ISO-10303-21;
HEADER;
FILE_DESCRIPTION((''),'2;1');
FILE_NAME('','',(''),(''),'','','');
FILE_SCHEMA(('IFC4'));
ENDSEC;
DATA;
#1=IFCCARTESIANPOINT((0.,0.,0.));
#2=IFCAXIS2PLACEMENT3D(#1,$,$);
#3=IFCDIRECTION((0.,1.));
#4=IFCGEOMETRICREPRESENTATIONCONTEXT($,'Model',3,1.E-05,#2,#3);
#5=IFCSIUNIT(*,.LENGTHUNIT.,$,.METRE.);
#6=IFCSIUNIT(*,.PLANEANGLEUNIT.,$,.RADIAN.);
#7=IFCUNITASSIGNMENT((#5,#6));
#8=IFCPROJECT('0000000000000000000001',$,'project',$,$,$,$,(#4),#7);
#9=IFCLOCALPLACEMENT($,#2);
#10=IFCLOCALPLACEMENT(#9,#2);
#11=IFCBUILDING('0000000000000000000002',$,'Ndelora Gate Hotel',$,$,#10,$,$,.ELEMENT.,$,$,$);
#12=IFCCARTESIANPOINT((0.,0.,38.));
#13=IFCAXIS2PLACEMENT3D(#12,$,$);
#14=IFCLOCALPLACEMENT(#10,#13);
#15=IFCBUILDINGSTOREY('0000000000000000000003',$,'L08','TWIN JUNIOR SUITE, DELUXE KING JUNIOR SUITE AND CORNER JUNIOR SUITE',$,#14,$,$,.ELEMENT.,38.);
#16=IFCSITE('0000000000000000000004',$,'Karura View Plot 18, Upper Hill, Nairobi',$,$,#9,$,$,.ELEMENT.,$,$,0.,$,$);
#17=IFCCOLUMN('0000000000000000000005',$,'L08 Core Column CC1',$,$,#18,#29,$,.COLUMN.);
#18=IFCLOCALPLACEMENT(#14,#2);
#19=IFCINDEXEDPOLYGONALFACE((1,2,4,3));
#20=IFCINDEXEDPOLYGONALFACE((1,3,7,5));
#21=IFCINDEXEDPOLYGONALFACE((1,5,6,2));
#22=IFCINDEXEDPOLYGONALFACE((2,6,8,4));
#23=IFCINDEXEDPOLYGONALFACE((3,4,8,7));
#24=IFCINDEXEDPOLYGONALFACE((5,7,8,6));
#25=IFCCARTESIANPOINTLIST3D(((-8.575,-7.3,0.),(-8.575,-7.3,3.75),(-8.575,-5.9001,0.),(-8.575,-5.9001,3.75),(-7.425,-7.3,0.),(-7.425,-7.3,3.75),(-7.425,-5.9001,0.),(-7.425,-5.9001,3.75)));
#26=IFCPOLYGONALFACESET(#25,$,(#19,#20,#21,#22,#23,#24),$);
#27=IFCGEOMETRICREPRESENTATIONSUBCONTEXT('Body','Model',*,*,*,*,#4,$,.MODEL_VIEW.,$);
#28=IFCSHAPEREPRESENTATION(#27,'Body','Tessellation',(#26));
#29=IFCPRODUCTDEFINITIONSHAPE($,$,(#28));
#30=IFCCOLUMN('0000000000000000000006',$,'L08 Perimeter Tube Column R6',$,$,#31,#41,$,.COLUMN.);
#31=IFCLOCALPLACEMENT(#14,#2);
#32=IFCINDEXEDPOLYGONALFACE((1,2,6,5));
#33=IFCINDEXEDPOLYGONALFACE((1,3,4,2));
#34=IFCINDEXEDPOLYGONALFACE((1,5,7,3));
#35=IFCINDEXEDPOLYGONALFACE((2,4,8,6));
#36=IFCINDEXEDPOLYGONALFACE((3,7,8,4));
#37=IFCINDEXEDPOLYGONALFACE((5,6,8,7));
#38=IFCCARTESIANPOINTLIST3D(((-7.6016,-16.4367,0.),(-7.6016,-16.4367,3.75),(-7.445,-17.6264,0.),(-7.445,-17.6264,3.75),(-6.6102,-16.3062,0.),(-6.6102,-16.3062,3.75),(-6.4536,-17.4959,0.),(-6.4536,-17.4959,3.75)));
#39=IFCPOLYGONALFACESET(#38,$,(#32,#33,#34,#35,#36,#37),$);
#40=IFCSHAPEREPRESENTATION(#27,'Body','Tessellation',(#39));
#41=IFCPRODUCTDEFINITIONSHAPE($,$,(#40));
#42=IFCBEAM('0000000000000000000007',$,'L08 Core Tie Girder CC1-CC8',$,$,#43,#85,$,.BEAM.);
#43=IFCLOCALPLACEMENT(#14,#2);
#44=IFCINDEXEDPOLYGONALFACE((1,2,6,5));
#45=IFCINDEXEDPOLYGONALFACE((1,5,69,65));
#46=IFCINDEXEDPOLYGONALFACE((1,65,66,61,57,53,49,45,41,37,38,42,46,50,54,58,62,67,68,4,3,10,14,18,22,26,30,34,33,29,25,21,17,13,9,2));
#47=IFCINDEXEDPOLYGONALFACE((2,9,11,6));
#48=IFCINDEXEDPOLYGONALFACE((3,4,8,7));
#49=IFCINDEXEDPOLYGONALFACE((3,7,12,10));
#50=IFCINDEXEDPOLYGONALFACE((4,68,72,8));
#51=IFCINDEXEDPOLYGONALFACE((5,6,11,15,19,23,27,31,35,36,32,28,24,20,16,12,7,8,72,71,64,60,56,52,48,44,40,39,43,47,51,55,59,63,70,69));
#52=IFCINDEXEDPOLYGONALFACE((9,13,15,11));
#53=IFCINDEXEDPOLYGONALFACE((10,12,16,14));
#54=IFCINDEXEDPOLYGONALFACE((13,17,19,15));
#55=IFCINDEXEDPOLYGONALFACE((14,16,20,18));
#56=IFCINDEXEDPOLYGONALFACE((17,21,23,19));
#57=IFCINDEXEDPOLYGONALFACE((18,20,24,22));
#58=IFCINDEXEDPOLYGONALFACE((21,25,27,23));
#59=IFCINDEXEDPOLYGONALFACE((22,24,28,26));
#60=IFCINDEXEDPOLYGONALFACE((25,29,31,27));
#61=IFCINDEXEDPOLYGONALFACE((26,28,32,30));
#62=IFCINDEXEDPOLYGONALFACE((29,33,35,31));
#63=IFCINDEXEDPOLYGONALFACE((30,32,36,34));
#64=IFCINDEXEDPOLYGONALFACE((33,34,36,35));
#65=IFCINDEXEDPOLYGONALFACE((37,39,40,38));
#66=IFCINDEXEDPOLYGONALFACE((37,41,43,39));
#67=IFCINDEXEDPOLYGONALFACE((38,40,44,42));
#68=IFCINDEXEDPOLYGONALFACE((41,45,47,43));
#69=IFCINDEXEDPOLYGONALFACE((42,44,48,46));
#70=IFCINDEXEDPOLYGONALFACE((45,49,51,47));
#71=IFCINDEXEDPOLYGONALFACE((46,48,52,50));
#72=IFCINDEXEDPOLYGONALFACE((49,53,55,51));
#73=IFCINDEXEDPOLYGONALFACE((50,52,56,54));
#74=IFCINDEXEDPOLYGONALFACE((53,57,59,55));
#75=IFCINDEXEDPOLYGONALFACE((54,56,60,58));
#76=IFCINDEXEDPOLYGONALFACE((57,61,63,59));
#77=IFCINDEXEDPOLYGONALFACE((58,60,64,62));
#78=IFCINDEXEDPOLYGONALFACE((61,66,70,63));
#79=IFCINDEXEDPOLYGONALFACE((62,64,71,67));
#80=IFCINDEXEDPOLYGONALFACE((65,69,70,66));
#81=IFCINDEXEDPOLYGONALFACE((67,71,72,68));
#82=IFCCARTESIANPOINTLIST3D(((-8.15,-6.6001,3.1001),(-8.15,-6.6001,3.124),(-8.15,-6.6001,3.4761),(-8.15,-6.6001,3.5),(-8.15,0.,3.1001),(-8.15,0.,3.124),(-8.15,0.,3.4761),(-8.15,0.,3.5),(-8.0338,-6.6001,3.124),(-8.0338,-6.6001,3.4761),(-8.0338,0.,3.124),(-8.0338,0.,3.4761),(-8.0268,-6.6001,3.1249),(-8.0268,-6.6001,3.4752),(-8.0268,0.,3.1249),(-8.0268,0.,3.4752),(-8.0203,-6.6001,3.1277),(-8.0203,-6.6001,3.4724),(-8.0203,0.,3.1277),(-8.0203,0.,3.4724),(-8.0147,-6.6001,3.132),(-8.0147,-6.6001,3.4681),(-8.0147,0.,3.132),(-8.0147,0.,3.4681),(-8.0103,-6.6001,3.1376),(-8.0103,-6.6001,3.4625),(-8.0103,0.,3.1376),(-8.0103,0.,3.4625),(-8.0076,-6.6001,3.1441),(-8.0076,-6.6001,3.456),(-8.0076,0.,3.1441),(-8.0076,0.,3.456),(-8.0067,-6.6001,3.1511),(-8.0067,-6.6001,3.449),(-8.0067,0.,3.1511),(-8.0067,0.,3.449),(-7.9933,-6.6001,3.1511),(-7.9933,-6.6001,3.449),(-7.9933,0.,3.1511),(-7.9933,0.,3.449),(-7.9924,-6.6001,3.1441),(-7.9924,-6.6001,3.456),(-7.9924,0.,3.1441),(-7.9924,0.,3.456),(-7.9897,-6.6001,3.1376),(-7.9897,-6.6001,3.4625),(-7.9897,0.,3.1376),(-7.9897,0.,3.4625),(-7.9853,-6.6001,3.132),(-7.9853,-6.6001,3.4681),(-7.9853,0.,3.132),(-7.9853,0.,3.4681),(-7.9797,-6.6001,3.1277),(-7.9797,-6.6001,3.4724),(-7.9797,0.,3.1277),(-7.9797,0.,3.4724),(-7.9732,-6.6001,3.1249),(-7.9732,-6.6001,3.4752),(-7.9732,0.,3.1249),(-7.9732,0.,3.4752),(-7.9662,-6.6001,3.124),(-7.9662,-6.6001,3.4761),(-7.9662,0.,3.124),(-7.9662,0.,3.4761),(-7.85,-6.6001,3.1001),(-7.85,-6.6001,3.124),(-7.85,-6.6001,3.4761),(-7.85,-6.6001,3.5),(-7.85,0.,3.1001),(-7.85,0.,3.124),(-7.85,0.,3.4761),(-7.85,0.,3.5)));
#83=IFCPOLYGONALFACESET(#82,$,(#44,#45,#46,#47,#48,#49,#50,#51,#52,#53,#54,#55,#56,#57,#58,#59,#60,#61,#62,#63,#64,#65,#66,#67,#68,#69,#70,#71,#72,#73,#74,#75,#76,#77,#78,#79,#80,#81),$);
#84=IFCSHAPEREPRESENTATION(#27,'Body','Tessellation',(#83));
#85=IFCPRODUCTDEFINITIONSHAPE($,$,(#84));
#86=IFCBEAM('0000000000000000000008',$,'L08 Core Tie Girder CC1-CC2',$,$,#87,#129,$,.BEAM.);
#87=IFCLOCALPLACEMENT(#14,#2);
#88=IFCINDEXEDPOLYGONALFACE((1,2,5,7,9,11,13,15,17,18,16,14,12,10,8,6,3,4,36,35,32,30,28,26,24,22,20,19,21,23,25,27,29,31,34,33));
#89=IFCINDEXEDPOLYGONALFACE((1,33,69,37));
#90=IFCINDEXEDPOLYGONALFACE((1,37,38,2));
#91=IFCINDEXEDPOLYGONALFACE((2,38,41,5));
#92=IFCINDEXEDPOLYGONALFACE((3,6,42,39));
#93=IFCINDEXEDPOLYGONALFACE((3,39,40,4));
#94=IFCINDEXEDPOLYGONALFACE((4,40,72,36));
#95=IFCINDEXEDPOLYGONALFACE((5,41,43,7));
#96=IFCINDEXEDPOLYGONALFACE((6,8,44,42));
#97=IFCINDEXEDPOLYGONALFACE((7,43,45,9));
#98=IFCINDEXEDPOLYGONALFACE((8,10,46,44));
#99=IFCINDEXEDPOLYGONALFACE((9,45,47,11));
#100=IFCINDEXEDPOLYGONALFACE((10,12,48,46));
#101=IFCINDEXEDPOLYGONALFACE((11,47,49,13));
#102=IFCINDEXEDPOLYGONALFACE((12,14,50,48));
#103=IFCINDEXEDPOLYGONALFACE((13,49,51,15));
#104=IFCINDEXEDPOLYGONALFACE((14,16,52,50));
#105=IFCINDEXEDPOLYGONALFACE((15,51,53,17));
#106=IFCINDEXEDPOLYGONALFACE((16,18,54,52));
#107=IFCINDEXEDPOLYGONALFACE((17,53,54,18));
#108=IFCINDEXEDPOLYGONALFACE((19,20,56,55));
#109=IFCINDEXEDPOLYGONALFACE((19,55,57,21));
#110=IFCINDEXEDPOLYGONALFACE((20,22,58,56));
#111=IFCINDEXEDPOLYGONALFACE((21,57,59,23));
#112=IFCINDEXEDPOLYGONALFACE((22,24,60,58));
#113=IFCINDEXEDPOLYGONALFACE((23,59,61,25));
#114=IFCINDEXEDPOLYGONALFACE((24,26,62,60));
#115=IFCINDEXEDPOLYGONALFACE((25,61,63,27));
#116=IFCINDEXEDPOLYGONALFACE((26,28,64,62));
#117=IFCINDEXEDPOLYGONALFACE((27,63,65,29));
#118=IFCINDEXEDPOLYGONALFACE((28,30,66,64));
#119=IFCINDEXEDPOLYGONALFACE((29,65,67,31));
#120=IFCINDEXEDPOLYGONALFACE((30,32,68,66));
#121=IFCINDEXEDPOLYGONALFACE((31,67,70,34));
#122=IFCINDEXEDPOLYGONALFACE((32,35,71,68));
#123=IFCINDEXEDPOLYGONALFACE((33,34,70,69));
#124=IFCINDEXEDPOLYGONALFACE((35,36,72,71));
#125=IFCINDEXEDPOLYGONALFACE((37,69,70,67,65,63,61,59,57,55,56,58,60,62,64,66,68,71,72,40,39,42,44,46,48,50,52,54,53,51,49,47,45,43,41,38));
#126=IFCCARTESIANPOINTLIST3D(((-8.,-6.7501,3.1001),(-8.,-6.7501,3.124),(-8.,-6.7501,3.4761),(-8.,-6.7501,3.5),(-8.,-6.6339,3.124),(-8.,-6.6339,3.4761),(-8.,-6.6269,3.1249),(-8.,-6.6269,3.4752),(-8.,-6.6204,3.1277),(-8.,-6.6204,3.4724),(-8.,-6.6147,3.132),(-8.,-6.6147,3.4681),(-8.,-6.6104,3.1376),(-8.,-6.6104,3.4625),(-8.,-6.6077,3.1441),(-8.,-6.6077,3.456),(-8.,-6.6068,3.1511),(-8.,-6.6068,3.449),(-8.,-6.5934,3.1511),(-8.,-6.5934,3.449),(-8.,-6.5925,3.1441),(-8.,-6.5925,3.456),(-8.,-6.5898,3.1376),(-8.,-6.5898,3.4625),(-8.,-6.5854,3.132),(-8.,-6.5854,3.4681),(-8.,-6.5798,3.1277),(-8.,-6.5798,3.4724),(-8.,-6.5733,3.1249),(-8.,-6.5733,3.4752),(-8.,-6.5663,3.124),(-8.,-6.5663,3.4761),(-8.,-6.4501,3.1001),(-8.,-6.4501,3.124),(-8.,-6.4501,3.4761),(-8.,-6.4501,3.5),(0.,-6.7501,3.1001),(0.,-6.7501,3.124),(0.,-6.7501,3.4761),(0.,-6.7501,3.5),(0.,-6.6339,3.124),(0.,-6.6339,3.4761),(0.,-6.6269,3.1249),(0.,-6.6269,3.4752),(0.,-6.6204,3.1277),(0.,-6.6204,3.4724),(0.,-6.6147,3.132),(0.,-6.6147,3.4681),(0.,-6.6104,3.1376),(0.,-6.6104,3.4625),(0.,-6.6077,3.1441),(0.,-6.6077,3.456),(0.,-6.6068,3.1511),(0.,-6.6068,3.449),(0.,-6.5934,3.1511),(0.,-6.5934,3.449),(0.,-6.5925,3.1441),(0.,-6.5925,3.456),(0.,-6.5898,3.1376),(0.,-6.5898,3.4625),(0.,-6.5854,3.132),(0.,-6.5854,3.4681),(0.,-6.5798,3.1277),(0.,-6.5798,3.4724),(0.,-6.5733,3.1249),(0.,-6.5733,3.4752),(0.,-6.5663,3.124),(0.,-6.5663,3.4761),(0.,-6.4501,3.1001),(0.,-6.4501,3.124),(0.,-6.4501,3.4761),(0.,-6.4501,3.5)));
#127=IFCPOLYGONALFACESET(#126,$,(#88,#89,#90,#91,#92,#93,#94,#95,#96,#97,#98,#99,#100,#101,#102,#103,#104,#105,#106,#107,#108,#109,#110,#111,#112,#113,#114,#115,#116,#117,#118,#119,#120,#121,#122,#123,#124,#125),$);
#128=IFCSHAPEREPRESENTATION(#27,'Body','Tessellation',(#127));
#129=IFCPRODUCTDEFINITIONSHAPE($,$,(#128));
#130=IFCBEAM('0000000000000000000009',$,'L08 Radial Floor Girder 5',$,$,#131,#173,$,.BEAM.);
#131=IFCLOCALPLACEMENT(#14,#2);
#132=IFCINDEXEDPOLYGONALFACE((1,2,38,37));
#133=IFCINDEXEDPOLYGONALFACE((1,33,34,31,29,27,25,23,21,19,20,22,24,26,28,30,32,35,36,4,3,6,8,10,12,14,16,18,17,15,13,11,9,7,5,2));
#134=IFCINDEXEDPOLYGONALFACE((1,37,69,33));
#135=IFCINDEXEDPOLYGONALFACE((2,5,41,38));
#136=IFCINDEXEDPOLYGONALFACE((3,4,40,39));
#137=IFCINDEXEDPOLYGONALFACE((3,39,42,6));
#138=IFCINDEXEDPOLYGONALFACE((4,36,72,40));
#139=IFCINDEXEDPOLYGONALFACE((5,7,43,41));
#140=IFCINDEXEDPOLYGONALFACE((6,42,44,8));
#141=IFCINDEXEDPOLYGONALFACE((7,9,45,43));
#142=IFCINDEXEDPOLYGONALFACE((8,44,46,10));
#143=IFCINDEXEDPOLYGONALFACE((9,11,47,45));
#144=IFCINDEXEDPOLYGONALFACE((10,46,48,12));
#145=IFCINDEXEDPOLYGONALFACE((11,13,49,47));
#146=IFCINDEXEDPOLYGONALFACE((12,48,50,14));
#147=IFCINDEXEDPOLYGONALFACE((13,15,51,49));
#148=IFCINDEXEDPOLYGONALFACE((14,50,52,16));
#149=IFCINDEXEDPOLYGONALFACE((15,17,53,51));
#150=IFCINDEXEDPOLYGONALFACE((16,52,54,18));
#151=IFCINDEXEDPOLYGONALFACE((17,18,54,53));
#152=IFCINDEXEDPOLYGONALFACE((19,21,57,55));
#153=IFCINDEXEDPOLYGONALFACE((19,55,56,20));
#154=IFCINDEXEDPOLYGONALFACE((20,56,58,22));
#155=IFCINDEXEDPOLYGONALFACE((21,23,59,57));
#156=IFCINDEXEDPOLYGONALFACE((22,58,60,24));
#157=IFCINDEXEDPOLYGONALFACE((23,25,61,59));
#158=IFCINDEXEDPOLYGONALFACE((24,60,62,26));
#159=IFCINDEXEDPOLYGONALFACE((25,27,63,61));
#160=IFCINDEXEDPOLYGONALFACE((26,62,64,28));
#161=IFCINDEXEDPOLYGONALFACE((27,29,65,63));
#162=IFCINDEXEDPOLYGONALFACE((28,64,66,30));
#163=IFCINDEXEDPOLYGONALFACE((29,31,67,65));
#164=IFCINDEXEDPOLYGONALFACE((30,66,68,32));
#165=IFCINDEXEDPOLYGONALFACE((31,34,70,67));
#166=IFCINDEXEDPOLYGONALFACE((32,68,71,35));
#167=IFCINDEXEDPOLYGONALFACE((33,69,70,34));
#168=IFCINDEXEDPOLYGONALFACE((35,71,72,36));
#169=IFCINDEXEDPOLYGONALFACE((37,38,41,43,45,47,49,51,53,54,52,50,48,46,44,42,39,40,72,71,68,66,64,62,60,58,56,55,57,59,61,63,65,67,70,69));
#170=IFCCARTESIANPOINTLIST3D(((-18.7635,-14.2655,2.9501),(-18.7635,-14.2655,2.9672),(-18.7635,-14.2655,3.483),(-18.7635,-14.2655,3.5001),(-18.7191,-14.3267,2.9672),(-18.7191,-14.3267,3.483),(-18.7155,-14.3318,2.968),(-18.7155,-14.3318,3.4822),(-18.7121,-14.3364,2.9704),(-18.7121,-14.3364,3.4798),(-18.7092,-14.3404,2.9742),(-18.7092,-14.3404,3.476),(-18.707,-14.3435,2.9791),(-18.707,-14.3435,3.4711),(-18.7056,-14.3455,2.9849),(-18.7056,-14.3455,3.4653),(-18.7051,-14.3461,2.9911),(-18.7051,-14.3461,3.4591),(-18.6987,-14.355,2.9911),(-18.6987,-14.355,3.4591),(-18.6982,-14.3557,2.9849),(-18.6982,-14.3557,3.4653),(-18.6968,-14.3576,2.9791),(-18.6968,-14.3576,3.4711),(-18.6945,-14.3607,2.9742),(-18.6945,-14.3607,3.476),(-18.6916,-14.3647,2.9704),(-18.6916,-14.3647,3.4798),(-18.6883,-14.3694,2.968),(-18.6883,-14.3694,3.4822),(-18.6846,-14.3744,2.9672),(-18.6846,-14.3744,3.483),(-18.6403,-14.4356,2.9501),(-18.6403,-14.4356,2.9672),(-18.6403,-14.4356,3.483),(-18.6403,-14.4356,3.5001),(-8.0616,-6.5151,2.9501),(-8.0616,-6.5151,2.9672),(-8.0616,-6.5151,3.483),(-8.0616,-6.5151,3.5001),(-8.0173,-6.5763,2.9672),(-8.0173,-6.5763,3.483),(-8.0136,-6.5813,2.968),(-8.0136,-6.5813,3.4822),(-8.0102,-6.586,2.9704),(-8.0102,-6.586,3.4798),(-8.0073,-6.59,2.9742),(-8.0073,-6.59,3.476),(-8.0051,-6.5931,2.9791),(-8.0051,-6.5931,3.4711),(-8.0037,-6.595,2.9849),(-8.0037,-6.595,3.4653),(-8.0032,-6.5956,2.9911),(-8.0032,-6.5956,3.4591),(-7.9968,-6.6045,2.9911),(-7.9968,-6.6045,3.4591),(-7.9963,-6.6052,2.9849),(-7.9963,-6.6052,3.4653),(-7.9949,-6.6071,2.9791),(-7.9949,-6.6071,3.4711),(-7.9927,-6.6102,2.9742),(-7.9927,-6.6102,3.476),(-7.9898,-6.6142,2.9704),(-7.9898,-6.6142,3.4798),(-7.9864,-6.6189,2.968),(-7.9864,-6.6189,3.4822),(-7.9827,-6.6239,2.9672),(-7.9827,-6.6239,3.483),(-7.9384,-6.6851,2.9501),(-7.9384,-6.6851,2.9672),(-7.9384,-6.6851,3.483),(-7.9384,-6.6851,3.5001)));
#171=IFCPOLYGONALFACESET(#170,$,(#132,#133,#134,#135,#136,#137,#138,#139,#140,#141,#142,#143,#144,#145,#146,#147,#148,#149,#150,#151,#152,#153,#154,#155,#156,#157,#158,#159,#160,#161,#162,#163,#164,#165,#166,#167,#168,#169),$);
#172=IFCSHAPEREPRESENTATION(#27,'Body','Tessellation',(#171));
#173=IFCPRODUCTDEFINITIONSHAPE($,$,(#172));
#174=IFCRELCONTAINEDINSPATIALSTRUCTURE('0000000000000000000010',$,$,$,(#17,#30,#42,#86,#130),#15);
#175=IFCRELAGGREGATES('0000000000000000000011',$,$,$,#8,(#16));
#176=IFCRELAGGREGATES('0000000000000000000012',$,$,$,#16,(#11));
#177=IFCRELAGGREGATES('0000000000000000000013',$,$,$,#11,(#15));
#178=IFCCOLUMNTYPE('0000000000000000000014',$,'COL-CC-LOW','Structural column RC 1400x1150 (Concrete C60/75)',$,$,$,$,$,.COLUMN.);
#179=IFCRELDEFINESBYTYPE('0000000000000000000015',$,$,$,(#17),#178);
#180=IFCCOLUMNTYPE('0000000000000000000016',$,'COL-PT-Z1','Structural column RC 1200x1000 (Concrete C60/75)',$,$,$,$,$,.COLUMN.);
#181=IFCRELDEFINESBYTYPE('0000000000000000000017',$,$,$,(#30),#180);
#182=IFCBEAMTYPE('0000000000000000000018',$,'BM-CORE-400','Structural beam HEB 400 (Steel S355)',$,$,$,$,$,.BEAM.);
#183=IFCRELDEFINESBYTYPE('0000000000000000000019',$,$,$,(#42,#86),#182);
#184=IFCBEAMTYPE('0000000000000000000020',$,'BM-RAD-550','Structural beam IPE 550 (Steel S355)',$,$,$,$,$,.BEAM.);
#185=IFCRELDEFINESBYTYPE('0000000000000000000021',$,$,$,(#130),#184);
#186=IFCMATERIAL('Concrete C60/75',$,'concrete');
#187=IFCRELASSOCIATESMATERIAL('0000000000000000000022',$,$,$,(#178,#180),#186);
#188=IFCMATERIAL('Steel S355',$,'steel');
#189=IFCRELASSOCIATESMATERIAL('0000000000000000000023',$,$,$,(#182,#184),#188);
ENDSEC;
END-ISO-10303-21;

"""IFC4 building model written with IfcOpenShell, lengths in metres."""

from ifc_helpers import new_model, si_unit, direction, frame, origin, origin_2d, place, context, subcontext, project, spatial, rectangle, i_section, extrude, material, material_profile, profile_set, type_object, element, save


model = new_model("IFC4")

# Units and contexts
model_context = context("Model", 3, precision=1e-05, world=origin(), true_north=direction((0.0, 1.0)))
body_context = subcontext(model_context, "Body", "Model", "MODEL_VIEW")
ifc_project = project(units=[si_unit("LENGTHUNIT", "METRE"), si_unit("PLANEANGLEUNIT", "RADIAN")], contexts=[model_context])

# Site, building, storey
site_placement = place(None, origin())
site = spatial("IfcSite", under=ifc_project, at=site_placement, Name="Karura View Plot 18, Upper Hill, Nairobi", CompositionType="ELEMENT", RefElevation=0.0)
building_placement = place(site_placement, origin())
building = spatial("IfcBuilding", under=site, at=building_placement, Name="Ndelora Gate Hotel", CompositionType="ELEMENT")
storey_placement = place(building_placement, frame((0.0, 0.0, 38.0)))
storey = spatial("IfcBuildingStorey", under=building, at=storey_placement, Name="L08", Description="TWIN JUNIOR SUITE, DELUXE KING JUNIOR SUITE AND CORNER JUNIOR SUITE", CompositionType="ELEMENT", Elevation=38.0)

# Columns
ifc_material_1 = material(Name="Concrete C60/75", Category="concrete")
ifc_material_profile_1 = material_profile(ifc_material_1, rectangle(XDim=1.1499, YDim=1.3999, at=origin_2d()), Name="RC 1400x1150")
ifc_profile_set_1 = profile_set([ifc_material_profile_1], Name="Concrete C60/75")
column_type_1 = type_object("IfcColumnType", Name="COL-CC-LOW", Description="Structural column RC 1400x1150 (Concrete C60/75)", PredefinedType="COLUMN", material=ifc_profile_set_1)
column_1_placement = place(storey_placement, frame((-8.0, -6.6001, 0.0), z_axis=(0.0, 0.0, 1.0), x_axis=(1.0, 0.0, 0.0)))
element("IfcColumn", 1, at=column_1_placement, inside=storey, type_object=column_type_1, Name="L08 Core Column CC1", PredefinedType="COLUMN", context=body_context, shape_type="SweptSolid", body=[
    extrude(rectangle(XDim=1.1499, YDim=1.3999, at=origin_2d()), origin(), (0.0, 0.0, 1.0), 3.75),
])
ifc_material_profile_2 = material_profile(ifc_material_1, rectangle(XDim=1.0, YDim=1.2, at=origin_2d()), Name="RC 1200x1000")
ifc_profile_set_2 = profile_set([ifc_material_profile_2], Name="Concrete C60/75")
column_type_2 = type_object("IfcColumnType", Name="COL-PT-Z1", Description="Structural column RC 1200x1000 (Concrete C60/75)", PredefinedType="COLUMN", material=ifc_profile_set_2)
column_2_placement = place(storey_placement, frame((-7.0276, -16.9663, 0.0), z_axis=(0.0, 0.0, 1.0), x_axis=(0.991445, 0.130526, 0.0)))
element("IfcColumn", 2, at=column_2_placement, inside=storey, type_object=column_type_2, Name="L08 Perimeter Tube Column R6", PredefinedType="COLUMN", context=body_context, shape_type="SweptSolid", body=[
    extrude(rectangle(XDim=1.0, YDim=1.2, at=origin_2d()), origin(), (0.0, 0.0, 1.0), 3.75),
])

# Beams
ifc_material_2 = material(Name="Steel S355", Category="steel")
ifc_material_profile_3 = material_profile(ifc_material_2, i_section(OverallWidth=0.3, OverallDepth=0.3999, WebThickness=0.0134, FlangeThickness=0.0239, FilletRadius=0.0271, at=origin_2d()), Name="HEB 400")
ifc_profile_set_3 = profile_set([ifc_material_profile_3], Name="Steel S355")
beam_type_1 = type_object("IfcBeamType", Name="BM-CORE-400", Description="Structural beam HEB 400 (Steel S355)", PredefinedType="BEAM", material=ifc_profile_set_3)
beam_1_placement = place(storey_placement, frame((-8.0, -6.6001, 3.3), z_axis=(0.0, 1.0, 0.0), x_axis=(-1.0, 0.0, 0.0)))
element("IfcBeam", 3, at=beam_1_placement, inside=storey, type_object=beam_type_1, Name="L08 Core Tie Girder CC1-CC8", PredefinedType="BEAM", context=body_context, shape_type="SweptSolid", body=[
    extrude(i_section(OverallWidth=0.3, OverallDepth=0.3999, WebThickness=0.0134, FlangeThickness=0.0239, FilletRadius=0.0271, at=origin_2d()), origin(), (0.0, 0.0, 1.0), 6.6001),
])
beam_2_placement = place(storey_placement, frame((-8.0, -6.6001, 3.3), z_axis=(1.0, 0.0, 0.0), x_axis=(0.0, 1.0, 0.0)))
element("IfcBeam", 4, at=beam_2_placement, inside=storey, type_object=beam_type_1, Name="L08 Core Tie Girder CC1-CC2", PredefinedType="BEAM", context=body_context, shape_type="SweptSolid", body=[
    extrude(i_section(OverallWidth=0.3, OverallDepth=0.3999, WebThickness=0.0134, FlangeThickness=0.0239, FilletRadius=0.0271, at=origin_2d()), origin(), (0.0, 0.0, 1.0), 8.0),
])
ifc_material_profile_4 = material_profile(ifc_material_2, i_section(OverallWidth=0.21, OverallDepth=0.55, WebThickness=0.011, FlangeThickness=0.0171, FilletRadius=0.0239, at=origin_2d()), Name="IPE 550")
ifc_profile_set_4 = profile_set([ifc_material_profile_4], Name="Steel S355")
beam_type_2 = type_object("IfcBeamType", Name="BM-RAD-550", Description="Structural beam IPE 550 (Steel S355)", PredefinedType="BEAM", material=ifc_profile_set_4)
beam_3_placement = place(storey_placement, frame((-8.0, -6.6001, 3.2251), z_axis=(-0.809912, -0.586551, 0.0), x_axis=(0.586551, -0.809912, 0.0)))
element("IfcBeam", 5, at=beam_3_placement, inside=storey, type_object=beam_type_2, Name="L08 Radial Floor Girder 5", PredefinedType="BEAM", context=body_context, shape_type="SweptSolid", body=[
    extrude(i_section(OverallWidth=0.21, OverallDepth=0.55, WebThickness=0.011, FlangeThickness=0.0171, FilletRadius=0.0239, at=origin_2d()), origin(), (0.0, 0.0, 1.0), 13.2136),
])

save(model, "model.ifc")
